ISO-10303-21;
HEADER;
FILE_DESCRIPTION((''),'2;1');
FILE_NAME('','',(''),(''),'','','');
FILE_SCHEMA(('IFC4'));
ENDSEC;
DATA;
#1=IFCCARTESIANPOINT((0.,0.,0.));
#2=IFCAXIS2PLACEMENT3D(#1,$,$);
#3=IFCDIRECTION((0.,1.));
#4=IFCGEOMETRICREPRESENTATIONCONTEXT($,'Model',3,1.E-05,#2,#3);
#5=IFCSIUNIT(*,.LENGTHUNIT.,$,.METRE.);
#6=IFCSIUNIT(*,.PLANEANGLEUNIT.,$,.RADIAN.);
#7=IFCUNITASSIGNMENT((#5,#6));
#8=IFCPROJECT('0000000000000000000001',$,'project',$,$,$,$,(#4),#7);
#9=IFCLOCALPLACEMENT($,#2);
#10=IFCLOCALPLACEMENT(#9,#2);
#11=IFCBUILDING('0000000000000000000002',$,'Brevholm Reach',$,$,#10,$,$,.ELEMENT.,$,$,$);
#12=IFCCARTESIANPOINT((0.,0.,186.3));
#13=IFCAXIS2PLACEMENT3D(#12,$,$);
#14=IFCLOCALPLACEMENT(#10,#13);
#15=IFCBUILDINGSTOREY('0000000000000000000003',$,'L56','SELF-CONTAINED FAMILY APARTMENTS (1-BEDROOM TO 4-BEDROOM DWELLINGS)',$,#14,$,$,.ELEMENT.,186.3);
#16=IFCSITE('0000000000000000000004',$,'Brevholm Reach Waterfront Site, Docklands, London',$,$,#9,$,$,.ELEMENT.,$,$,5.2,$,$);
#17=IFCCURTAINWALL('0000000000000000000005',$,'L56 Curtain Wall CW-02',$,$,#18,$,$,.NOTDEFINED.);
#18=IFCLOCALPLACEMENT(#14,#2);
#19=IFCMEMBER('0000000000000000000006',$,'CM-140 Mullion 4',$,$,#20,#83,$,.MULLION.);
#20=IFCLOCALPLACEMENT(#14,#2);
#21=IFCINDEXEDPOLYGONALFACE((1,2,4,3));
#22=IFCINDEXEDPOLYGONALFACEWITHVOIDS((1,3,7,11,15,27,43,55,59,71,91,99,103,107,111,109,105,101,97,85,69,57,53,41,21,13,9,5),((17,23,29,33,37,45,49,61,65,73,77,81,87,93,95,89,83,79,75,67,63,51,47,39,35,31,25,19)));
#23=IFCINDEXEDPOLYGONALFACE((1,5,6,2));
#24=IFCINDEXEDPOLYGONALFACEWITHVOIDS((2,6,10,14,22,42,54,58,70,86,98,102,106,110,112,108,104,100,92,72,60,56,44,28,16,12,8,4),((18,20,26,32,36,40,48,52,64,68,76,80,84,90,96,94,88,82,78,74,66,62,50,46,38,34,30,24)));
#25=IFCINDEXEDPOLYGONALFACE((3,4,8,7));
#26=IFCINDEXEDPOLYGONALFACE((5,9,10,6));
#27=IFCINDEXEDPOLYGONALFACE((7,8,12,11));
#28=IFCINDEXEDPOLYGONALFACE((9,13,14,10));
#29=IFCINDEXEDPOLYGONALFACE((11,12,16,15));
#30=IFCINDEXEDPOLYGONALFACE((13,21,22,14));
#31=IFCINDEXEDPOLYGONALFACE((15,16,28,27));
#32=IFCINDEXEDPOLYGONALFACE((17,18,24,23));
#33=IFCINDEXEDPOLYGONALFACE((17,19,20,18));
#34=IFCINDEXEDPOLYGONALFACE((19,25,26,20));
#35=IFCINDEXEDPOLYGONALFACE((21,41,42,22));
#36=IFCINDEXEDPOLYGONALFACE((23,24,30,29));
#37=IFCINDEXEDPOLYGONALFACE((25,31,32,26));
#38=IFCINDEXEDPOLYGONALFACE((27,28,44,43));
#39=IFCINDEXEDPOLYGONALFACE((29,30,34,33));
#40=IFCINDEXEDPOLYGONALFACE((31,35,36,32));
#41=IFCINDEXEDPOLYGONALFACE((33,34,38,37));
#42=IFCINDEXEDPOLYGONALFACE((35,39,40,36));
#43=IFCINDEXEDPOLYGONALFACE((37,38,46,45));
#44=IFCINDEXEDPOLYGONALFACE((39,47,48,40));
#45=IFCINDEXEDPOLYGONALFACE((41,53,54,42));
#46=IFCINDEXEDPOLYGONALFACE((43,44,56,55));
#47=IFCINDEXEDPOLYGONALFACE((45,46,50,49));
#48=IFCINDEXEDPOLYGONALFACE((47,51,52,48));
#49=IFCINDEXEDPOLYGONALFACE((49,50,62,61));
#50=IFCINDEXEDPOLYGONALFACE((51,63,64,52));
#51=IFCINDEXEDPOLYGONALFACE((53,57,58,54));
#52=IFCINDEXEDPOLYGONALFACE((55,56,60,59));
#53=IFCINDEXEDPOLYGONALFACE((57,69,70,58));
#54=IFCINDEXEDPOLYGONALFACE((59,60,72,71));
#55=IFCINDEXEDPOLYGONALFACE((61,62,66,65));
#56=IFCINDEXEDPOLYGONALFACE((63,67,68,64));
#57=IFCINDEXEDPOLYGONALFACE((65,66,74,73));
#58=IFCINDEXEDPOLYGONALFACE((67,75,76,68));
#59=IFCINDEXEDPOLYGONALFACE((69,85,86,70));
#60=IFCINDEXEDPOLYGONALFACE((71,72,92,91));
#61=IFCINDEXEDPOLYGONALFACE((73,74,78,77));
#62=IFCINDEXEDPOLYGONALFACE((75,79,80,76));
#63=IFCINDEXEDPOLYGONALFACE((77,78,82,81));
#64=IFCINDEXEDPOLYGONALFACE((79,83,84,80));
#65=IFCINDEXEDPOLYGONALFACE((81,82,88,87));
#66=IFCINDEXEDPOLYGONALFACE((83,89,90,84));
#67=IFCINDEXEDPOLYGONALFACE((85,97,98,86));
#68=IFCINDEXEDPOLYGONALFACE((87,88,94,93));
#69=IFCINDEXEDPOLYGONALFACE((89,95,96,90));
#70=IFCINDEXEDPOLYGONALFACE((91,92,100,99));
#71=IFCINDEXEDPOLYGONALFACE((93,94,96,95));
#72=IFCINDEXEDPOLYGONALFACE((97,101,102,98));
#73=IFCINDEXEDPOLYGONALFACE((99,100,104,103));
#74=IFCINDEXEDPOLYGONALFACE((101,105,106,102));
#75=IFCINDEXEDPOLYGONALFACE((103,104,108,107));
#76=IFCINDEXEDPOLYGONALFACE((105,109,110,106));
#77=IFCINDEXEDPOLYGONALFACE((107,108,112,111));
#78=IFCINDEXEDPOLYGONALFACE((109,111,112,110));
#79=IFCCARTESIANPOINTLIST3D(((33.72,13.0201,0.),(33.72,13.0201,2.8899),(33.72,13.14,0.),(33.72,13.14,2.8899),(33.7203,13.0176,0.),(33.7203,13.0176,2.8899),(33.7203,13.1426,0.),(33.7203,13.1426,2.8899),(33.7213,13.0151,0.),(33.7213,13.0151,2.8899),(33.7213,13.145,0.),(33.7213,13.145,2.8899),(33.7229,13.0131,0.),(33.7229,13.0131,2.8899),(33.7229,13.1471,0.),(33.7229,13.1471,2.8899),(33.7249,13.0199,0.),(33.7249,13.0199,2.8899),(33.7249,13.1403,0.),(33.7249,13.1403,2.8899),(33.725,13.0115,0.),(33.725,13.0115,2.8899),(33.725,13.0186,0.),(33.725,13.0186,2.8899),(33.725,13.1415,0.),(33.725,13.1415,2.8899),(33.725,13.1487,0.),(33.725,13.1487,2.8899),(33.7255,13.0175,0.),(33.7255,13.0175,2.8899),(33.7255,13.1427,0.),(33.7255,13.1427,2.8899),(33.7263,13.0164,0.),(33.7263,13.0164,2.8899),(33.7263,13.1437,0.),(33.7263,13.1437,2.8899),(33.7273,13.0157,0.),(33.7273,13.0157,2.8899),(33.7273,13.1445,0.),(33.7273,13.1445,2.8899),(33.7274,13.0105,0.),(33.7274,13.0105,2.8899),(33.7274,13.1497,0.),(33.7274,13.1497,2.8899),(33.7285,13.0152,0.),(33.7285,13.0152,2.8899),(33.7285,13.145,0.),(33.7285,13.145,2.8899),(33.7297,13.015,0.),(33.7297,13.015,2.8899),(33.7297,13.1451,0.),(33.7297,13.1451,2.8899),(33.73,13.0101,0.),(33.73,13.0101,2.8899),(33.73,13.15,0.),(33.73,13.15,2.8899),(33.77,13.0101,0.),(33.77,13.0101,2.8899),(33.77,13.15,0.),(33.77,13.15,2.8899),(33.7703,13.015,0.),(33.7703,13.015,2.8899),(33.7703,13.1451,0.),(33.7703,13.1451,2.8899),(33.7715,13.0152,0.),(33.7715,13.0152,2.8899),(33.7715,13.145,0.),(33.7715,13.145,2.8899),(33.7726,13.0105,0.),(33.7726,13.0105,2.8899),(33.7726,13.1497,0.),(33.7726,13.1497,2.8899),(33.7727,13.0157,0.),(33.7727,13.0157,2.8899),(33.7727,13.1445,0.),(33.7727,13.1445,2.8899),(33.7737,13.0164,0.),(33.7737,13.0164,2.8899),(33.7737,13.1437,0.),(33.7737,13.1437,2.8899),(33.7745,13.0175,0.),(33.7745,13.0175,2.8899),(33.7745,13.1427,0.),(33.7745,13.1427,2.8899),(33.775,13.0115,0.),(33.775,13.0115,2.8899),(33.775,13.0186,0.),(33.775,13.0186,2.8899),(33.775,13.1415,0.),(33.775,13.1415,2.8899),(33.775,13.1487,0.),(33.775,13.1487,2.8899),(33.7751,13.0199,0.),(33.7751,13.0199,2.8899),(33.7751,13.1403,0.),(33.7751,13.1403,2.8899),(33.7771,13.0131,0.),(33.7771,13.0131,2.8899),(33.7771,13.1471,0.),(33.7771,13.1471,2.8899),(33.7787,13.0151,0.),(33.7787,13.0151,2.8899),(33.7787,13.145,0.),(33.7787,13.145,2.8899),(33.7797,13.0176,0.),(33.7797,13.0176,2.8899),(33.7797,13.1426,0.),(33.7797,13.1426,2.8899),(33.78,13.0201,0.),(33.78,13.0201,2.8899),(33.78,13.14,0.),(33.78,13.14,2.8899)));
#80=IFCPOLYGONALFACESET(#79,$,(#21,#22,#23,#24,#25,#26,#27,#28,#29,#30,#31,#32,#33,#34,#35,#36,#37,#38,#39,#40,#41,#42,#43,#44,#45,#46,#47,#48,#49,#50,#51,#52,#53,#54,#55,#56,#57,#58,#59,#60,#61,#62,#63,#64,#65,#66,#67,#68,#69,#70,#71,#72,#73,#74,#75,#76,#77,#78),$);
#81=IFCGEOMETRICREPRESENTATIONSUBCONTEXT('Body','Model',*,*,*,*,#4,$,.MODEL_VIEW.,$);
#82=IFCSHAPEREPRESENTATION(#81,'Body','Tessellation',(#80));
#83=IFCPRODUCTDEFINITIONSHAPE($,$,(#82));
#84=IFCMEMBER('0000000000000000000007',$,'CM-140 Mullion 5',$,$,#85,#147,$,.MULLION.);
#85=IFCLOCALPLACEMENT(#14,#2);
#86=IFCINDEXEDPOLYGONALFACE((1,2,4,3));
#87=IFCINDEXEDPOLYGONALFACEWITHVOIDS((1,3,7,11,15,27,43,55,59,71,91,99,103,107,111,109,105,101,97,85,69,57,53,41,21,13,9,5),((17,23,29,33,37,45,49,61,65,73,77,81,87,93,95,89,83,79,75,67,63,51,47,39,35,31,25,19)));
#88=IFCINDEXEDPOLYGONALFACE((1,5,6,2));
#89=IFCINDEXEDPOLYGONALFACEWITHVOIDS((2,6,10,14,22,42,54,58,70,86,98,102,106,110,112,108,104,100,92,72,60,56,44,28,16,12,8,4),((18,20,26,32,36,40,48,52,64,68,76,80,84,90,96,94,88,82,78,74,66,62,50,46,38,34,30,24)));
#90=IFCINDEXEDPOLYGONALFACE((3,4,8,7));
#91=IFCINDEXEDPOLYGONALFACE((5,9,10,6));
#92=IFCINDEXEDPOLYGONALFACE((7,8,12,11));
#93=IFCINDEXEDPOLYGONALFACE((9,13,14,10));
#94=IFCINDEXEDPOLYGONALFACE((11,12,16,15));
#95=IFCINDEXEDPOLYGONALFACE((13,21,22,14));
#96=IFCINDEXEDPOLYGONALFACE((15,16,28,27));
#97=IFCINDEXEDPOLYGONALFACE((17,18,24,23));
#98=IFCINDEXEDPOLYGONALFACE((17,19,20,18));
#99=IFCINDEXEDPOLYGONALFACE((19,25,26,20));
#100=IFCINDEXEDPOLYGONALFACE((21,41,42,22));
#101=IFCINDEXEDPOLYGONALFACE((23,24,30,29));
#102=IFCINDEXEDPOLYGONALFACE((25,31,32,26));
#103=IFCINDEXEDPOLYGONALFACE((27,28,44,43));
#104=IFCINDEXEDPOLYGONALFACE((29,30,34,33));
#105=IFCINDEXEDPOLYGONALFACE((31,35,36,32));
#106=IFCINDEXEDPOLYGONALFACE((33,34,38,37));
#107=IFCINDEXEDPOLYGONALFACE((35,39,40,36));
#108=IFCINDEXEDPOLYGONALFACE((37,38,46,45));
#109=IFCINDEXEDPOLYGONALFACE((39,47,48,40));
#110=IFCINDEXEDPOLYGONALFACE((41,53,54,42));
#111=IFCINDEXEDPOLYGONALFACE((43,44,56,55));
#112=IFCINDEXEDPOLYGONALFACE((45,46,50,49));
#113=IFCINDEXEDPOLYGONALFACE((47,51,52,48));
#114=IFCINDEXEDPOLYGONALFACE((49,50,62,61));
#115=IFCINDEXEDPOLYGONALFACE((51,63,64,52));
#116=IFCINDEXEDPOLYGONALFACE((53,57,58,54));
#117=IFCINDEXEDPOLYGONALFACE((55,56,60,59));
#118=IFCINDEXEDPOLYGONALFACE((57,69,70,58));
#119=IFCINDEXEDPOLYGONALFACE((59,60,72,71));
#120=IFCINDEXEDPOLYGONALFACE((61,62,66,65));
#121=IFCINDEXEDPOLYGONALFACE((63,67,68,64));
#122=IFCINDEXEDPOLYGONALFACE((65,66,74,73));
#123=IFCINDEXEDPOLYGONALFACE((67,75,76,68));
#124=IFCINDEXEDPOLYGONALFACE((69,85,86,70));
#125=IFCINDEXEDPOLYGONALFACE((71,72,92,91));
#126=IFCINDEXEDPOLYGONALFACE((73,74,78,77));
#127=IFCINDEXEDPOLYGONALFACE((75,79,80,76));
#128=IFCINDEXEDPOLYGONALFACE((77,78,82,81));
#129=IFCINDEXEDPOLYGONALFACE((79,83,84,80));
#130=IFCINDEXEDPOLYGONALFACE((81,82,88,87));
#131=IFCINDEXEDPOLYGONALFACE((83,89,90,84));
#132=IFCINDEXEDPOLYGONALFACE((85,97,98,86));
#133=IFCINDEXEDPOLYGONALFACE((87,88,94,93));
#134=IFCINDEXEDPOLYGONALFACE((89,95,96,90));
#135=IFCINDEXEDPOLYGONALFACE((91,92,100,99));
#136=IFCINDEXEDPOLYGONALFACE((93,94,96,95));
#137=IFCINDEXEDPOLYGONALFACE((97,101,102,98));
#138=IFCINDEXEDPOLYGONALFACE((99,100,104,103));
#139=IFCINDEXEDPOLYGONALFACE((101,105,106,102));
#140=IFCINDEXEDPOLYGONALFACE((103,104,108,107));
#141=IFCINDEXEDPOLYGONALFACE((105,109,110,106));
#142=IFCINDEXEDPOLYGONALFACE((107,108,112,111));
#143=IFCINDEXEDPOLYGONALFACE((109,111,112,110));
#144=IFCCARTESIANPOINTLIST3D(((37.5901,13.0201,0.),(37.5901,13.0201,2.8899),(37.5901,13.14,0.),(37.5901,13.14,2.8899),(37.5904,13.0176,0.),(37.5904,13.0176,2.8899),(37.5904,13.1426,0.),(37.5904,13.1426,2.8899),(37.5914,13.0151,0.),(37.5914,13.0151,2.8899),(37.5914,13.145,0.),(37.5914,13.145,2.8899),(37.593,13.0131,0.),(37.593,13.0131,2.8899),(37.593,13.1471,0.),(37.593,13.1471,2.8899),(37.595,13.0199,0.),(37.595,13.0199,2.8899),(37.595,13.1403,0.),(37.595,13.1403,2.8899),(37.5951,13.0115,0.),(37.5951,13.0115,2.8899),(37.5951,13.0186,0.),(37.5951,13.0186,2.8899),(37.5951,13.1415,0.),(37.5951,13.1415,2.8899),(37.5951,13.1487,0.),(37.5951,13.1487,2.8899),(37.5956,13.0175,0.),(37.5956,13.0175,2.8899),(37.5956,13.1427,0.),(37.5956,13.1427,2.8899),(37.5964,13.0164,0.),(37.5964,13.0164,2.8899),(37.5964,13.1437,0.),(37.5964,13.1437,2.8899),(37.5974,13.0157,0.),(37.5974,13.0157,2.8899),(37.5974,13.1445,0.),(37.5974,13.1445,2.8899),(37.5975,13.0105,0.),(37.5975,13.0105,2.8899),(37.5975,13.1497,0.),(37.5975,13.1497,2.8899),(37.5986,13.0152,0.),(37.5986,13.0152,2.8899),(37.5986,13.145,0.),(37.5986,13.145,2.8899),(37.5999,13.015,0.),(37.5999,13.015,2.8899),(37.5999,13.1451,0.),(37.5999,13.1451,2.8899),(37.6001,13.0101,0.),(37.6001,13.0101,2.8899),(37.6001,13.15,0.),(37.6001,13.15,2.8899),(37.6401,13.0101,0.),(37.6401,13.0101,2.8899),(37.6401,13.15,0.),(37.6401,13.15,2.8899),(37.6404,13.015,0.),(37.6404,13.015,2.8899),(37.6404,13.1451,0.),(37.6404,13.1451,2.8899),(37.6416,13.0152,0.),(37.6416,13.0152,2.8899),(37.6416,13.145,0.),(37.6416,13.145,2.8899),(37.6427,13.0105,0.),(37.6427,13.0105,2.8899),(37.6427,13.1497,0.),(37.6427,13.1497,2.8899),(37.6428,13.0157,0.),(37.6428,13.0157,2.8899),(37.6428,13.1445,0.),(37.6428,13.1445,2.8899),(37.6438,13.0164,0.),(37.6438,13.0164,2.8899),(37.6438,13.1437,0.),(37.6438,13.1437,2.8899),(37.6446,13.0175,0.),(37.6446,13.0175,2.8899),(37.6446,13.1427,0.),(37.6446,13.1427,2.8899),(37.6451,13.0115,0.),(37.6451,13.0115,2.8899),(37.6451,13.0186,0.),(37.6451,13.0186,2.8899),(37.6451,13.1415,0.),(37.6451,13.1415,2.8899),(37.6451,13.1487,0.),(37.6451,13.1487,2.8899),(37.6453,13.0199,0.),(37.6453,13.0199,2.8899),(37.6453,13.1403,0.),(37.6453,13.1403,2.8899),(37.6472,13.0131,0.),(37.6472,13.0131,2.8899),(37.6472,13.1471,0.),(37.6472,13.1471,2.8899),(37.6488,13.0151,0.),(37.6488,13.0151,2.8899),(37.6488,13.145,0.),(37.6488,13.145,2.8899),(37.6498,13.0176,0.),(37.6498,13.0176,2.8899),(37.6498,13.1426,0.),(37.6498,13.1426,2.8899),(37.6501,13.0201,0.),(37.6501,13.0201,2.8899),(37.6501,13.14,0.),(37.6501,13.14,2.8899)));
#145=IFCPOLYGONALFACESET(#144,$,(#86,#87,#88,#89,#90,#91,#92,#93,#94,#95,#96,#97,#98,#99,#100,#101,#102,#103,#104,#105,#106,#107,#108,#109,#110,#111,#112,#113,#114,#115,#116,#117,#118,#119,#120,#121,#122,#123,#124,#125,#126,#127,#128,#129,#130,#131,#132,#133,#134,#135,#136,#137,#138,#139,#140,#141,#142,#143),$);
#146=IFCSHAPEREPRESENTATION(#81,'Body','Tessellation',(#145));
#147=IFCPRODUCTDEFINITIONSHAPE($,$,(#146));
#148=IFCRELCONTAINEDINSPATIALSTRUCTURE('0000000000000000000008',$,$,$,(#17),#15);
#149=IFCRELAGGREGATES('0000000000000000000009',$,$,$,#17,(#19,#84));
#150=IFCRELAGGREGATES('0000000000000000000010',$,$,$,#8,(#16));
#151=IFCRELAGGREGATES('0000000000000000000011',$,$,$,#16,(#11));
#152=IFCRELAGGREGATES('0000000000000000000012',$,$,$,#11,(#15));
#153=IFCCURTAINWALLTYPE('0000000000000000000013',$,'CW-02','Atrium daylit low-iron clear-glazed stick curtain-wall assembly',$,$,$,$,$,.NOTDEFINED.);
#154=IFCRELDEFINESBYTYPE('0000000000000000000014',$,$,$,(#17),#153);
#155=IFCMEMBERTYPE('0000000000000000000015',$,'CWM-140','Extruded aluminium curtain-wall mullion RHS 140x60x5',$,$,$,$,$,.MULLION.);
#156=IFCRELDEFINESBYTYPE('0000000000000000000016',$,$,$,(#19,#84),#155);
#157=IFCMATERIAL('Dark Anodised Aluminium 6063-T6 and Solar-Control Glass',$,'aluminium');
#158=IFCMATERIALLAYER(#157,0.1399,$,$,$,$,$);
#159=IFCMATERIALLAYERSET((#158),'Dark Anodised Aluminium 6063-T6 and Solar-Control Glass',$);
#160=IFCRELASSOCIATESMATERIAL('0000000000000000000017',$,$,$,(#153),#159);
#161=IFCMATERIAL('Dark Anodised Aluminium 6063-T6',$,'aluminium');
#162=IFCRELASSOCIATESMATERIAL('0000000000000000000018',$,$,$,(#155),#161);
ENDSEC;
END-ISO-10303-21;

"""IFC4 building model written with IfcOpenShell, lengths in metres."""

from ifc_helpers import new_model, si_unit, direction, frame, origin, origin_2d, place, context, subcontext, project, spatial, hollow_rectangle, extrude, material, layer, layer_set, material_profile, profile_set, type_object, element, aggregate, save


model = new_model("IFC4")

# Units and contexts
model_context = context("Model", 3, precision=1e-05, world=origin(), true_north=direction((0.0, 1.0)))
body_context = subcontext(model_context, "Body", "Model", "MODEL_VIEW")
ifc_project = project(units=[si_unit("LENGTHUNIT", "METRE"), si_unit("PLANEANGLEUNIT", "RADIAN")], contexts=[model_context])

# Site, building, storey
site_placement = place(None, origin())
site = spatial("IfcSite", under=ifc_project, at=site_placement, Name="Brevholm Reach Waterfront Site, Docklands, London", CompositionType="ELEMENT", RefElevation=5.2)
building_placement = place(site_placement, origin())
building = spatial("IfcBuilding", under=site, at=building_placement, Name="Brevholm Reach", CompositionType="ELEMENT")
storey_placement = place(building_placement, frame((0.0, 0.0, 186.3)))
storey = spatial("IfcBuildingStorey", under=building, at=storey_placement, Name="L56", Description="SELF-CONTAINED FAMILY APARTMENTS (1-BEDROOM TO 4-BEDROOM DWELLINGS)", CompositionType="ELEMENT", Elevation=186.3)

# Curtain wall, members
ifc_material_1 = material(Name="Dark Anodised Aluminium 6063-T6 and Solar-Control Glass", Category="aluminium")
ifc_layer_1 = layer(ifc_material_1, 0.1399)
ifc_layer_set_1 = layer_set([ifc_layer_1], Name="Dark Anodised Aluminium 6063-T6 and Solar-Control Glass")
curtain_wall_type_1 = type_object("IfcCurtainWallType", Name="CW-02", Description="Atrium daylit low-iron clear-glazed stick curtain-wall assembly", PredefinedType="NOTDEFINED", material=ifc_layer_set_1)
curtain_wall_1_placement = place(storey_placement, origin())
curtain_wall_1 = element("IfcCurtainWall", 1, at=curtain_wall_1_placement, inside=storey, type_object=curtain_wall_type_1, Name="L56 Curtain Wall CW-02", PredefinedType="NOTDEFINED")
ifc_material_2 = material(Name="Dark Anodised Aluminium 6063-T6", Category="aluminium")
ifc_material_profile_1 = material_profile(ifc_material_2, hollow_rectangle(XDim=0.0601, YDim=0.1399, WallThickness=0.0049, InnerFilletRadius=0.0049, OuterFilletRadius=0.01, at=origin_2d()), Name="RHS 140x60x5")
ifc_profile_set_1 = profile_set([ifc_material_profile_1], Name="Dark Anodised Aluminium 6063-T6")
member_type_1 = type_object("IfcMemberType", Name="CWM-140", Description="Extruded aluminium curtain-wall mullion RHS 140x60x5", PredefinedType="MULLION", material=ifc_profile_set_1)
member_1_placement = place(storey_placement, frame((33.75, 13.0801, 0.0), z_axis=(0.0, 0.0, 1.0), x_axis=(1.0, 0.0, 0.0)))
member_1 = element("IfcMember", 2, at=member_1_placement, type_object=member_type_1, Name="CM-140 Mullion 4", PredefinedType="MULLION", context=body_context, shape_type="SweptSolid", body=[
    extrude(hollow_rectangle(XDim=0.0601, YDim=0.1399, WallThickness=0.0049, InnerFilletRadius=0.0049, OuterFilletRadius=0.01, at=origin_2d()), origin(), (0.0, 0.0, 1.0), 2.8899),
])
member_2_placement = place(storey_placement, frame((37.6201, 13.0801, 0.0), z_axis=(0.0, 0.0, 1.0), x_axis=(1.0, 0.0, 0.0)))
member_2 = element("IfcMember", 3, at=member_2_placement, type_object=member_type_1, Name="CM-140 Mullion 5", PredefinedType="MULLION", context=body_context, shape_type="SweptSolid", body=[
    extrude(hollow_rectangle(XDim=0.0601, YDim=0.1399, WallThickness=0.0049, InnerFilletRadius=0.0049, OuterFilletRadius=0.01, at=origin_2d()), origin(), (0.0, 0.0, 1.0), 2.8899),
])

aggregate(curtain_wall_1, [member_1, member_2])

save(model, "model.ifc")
